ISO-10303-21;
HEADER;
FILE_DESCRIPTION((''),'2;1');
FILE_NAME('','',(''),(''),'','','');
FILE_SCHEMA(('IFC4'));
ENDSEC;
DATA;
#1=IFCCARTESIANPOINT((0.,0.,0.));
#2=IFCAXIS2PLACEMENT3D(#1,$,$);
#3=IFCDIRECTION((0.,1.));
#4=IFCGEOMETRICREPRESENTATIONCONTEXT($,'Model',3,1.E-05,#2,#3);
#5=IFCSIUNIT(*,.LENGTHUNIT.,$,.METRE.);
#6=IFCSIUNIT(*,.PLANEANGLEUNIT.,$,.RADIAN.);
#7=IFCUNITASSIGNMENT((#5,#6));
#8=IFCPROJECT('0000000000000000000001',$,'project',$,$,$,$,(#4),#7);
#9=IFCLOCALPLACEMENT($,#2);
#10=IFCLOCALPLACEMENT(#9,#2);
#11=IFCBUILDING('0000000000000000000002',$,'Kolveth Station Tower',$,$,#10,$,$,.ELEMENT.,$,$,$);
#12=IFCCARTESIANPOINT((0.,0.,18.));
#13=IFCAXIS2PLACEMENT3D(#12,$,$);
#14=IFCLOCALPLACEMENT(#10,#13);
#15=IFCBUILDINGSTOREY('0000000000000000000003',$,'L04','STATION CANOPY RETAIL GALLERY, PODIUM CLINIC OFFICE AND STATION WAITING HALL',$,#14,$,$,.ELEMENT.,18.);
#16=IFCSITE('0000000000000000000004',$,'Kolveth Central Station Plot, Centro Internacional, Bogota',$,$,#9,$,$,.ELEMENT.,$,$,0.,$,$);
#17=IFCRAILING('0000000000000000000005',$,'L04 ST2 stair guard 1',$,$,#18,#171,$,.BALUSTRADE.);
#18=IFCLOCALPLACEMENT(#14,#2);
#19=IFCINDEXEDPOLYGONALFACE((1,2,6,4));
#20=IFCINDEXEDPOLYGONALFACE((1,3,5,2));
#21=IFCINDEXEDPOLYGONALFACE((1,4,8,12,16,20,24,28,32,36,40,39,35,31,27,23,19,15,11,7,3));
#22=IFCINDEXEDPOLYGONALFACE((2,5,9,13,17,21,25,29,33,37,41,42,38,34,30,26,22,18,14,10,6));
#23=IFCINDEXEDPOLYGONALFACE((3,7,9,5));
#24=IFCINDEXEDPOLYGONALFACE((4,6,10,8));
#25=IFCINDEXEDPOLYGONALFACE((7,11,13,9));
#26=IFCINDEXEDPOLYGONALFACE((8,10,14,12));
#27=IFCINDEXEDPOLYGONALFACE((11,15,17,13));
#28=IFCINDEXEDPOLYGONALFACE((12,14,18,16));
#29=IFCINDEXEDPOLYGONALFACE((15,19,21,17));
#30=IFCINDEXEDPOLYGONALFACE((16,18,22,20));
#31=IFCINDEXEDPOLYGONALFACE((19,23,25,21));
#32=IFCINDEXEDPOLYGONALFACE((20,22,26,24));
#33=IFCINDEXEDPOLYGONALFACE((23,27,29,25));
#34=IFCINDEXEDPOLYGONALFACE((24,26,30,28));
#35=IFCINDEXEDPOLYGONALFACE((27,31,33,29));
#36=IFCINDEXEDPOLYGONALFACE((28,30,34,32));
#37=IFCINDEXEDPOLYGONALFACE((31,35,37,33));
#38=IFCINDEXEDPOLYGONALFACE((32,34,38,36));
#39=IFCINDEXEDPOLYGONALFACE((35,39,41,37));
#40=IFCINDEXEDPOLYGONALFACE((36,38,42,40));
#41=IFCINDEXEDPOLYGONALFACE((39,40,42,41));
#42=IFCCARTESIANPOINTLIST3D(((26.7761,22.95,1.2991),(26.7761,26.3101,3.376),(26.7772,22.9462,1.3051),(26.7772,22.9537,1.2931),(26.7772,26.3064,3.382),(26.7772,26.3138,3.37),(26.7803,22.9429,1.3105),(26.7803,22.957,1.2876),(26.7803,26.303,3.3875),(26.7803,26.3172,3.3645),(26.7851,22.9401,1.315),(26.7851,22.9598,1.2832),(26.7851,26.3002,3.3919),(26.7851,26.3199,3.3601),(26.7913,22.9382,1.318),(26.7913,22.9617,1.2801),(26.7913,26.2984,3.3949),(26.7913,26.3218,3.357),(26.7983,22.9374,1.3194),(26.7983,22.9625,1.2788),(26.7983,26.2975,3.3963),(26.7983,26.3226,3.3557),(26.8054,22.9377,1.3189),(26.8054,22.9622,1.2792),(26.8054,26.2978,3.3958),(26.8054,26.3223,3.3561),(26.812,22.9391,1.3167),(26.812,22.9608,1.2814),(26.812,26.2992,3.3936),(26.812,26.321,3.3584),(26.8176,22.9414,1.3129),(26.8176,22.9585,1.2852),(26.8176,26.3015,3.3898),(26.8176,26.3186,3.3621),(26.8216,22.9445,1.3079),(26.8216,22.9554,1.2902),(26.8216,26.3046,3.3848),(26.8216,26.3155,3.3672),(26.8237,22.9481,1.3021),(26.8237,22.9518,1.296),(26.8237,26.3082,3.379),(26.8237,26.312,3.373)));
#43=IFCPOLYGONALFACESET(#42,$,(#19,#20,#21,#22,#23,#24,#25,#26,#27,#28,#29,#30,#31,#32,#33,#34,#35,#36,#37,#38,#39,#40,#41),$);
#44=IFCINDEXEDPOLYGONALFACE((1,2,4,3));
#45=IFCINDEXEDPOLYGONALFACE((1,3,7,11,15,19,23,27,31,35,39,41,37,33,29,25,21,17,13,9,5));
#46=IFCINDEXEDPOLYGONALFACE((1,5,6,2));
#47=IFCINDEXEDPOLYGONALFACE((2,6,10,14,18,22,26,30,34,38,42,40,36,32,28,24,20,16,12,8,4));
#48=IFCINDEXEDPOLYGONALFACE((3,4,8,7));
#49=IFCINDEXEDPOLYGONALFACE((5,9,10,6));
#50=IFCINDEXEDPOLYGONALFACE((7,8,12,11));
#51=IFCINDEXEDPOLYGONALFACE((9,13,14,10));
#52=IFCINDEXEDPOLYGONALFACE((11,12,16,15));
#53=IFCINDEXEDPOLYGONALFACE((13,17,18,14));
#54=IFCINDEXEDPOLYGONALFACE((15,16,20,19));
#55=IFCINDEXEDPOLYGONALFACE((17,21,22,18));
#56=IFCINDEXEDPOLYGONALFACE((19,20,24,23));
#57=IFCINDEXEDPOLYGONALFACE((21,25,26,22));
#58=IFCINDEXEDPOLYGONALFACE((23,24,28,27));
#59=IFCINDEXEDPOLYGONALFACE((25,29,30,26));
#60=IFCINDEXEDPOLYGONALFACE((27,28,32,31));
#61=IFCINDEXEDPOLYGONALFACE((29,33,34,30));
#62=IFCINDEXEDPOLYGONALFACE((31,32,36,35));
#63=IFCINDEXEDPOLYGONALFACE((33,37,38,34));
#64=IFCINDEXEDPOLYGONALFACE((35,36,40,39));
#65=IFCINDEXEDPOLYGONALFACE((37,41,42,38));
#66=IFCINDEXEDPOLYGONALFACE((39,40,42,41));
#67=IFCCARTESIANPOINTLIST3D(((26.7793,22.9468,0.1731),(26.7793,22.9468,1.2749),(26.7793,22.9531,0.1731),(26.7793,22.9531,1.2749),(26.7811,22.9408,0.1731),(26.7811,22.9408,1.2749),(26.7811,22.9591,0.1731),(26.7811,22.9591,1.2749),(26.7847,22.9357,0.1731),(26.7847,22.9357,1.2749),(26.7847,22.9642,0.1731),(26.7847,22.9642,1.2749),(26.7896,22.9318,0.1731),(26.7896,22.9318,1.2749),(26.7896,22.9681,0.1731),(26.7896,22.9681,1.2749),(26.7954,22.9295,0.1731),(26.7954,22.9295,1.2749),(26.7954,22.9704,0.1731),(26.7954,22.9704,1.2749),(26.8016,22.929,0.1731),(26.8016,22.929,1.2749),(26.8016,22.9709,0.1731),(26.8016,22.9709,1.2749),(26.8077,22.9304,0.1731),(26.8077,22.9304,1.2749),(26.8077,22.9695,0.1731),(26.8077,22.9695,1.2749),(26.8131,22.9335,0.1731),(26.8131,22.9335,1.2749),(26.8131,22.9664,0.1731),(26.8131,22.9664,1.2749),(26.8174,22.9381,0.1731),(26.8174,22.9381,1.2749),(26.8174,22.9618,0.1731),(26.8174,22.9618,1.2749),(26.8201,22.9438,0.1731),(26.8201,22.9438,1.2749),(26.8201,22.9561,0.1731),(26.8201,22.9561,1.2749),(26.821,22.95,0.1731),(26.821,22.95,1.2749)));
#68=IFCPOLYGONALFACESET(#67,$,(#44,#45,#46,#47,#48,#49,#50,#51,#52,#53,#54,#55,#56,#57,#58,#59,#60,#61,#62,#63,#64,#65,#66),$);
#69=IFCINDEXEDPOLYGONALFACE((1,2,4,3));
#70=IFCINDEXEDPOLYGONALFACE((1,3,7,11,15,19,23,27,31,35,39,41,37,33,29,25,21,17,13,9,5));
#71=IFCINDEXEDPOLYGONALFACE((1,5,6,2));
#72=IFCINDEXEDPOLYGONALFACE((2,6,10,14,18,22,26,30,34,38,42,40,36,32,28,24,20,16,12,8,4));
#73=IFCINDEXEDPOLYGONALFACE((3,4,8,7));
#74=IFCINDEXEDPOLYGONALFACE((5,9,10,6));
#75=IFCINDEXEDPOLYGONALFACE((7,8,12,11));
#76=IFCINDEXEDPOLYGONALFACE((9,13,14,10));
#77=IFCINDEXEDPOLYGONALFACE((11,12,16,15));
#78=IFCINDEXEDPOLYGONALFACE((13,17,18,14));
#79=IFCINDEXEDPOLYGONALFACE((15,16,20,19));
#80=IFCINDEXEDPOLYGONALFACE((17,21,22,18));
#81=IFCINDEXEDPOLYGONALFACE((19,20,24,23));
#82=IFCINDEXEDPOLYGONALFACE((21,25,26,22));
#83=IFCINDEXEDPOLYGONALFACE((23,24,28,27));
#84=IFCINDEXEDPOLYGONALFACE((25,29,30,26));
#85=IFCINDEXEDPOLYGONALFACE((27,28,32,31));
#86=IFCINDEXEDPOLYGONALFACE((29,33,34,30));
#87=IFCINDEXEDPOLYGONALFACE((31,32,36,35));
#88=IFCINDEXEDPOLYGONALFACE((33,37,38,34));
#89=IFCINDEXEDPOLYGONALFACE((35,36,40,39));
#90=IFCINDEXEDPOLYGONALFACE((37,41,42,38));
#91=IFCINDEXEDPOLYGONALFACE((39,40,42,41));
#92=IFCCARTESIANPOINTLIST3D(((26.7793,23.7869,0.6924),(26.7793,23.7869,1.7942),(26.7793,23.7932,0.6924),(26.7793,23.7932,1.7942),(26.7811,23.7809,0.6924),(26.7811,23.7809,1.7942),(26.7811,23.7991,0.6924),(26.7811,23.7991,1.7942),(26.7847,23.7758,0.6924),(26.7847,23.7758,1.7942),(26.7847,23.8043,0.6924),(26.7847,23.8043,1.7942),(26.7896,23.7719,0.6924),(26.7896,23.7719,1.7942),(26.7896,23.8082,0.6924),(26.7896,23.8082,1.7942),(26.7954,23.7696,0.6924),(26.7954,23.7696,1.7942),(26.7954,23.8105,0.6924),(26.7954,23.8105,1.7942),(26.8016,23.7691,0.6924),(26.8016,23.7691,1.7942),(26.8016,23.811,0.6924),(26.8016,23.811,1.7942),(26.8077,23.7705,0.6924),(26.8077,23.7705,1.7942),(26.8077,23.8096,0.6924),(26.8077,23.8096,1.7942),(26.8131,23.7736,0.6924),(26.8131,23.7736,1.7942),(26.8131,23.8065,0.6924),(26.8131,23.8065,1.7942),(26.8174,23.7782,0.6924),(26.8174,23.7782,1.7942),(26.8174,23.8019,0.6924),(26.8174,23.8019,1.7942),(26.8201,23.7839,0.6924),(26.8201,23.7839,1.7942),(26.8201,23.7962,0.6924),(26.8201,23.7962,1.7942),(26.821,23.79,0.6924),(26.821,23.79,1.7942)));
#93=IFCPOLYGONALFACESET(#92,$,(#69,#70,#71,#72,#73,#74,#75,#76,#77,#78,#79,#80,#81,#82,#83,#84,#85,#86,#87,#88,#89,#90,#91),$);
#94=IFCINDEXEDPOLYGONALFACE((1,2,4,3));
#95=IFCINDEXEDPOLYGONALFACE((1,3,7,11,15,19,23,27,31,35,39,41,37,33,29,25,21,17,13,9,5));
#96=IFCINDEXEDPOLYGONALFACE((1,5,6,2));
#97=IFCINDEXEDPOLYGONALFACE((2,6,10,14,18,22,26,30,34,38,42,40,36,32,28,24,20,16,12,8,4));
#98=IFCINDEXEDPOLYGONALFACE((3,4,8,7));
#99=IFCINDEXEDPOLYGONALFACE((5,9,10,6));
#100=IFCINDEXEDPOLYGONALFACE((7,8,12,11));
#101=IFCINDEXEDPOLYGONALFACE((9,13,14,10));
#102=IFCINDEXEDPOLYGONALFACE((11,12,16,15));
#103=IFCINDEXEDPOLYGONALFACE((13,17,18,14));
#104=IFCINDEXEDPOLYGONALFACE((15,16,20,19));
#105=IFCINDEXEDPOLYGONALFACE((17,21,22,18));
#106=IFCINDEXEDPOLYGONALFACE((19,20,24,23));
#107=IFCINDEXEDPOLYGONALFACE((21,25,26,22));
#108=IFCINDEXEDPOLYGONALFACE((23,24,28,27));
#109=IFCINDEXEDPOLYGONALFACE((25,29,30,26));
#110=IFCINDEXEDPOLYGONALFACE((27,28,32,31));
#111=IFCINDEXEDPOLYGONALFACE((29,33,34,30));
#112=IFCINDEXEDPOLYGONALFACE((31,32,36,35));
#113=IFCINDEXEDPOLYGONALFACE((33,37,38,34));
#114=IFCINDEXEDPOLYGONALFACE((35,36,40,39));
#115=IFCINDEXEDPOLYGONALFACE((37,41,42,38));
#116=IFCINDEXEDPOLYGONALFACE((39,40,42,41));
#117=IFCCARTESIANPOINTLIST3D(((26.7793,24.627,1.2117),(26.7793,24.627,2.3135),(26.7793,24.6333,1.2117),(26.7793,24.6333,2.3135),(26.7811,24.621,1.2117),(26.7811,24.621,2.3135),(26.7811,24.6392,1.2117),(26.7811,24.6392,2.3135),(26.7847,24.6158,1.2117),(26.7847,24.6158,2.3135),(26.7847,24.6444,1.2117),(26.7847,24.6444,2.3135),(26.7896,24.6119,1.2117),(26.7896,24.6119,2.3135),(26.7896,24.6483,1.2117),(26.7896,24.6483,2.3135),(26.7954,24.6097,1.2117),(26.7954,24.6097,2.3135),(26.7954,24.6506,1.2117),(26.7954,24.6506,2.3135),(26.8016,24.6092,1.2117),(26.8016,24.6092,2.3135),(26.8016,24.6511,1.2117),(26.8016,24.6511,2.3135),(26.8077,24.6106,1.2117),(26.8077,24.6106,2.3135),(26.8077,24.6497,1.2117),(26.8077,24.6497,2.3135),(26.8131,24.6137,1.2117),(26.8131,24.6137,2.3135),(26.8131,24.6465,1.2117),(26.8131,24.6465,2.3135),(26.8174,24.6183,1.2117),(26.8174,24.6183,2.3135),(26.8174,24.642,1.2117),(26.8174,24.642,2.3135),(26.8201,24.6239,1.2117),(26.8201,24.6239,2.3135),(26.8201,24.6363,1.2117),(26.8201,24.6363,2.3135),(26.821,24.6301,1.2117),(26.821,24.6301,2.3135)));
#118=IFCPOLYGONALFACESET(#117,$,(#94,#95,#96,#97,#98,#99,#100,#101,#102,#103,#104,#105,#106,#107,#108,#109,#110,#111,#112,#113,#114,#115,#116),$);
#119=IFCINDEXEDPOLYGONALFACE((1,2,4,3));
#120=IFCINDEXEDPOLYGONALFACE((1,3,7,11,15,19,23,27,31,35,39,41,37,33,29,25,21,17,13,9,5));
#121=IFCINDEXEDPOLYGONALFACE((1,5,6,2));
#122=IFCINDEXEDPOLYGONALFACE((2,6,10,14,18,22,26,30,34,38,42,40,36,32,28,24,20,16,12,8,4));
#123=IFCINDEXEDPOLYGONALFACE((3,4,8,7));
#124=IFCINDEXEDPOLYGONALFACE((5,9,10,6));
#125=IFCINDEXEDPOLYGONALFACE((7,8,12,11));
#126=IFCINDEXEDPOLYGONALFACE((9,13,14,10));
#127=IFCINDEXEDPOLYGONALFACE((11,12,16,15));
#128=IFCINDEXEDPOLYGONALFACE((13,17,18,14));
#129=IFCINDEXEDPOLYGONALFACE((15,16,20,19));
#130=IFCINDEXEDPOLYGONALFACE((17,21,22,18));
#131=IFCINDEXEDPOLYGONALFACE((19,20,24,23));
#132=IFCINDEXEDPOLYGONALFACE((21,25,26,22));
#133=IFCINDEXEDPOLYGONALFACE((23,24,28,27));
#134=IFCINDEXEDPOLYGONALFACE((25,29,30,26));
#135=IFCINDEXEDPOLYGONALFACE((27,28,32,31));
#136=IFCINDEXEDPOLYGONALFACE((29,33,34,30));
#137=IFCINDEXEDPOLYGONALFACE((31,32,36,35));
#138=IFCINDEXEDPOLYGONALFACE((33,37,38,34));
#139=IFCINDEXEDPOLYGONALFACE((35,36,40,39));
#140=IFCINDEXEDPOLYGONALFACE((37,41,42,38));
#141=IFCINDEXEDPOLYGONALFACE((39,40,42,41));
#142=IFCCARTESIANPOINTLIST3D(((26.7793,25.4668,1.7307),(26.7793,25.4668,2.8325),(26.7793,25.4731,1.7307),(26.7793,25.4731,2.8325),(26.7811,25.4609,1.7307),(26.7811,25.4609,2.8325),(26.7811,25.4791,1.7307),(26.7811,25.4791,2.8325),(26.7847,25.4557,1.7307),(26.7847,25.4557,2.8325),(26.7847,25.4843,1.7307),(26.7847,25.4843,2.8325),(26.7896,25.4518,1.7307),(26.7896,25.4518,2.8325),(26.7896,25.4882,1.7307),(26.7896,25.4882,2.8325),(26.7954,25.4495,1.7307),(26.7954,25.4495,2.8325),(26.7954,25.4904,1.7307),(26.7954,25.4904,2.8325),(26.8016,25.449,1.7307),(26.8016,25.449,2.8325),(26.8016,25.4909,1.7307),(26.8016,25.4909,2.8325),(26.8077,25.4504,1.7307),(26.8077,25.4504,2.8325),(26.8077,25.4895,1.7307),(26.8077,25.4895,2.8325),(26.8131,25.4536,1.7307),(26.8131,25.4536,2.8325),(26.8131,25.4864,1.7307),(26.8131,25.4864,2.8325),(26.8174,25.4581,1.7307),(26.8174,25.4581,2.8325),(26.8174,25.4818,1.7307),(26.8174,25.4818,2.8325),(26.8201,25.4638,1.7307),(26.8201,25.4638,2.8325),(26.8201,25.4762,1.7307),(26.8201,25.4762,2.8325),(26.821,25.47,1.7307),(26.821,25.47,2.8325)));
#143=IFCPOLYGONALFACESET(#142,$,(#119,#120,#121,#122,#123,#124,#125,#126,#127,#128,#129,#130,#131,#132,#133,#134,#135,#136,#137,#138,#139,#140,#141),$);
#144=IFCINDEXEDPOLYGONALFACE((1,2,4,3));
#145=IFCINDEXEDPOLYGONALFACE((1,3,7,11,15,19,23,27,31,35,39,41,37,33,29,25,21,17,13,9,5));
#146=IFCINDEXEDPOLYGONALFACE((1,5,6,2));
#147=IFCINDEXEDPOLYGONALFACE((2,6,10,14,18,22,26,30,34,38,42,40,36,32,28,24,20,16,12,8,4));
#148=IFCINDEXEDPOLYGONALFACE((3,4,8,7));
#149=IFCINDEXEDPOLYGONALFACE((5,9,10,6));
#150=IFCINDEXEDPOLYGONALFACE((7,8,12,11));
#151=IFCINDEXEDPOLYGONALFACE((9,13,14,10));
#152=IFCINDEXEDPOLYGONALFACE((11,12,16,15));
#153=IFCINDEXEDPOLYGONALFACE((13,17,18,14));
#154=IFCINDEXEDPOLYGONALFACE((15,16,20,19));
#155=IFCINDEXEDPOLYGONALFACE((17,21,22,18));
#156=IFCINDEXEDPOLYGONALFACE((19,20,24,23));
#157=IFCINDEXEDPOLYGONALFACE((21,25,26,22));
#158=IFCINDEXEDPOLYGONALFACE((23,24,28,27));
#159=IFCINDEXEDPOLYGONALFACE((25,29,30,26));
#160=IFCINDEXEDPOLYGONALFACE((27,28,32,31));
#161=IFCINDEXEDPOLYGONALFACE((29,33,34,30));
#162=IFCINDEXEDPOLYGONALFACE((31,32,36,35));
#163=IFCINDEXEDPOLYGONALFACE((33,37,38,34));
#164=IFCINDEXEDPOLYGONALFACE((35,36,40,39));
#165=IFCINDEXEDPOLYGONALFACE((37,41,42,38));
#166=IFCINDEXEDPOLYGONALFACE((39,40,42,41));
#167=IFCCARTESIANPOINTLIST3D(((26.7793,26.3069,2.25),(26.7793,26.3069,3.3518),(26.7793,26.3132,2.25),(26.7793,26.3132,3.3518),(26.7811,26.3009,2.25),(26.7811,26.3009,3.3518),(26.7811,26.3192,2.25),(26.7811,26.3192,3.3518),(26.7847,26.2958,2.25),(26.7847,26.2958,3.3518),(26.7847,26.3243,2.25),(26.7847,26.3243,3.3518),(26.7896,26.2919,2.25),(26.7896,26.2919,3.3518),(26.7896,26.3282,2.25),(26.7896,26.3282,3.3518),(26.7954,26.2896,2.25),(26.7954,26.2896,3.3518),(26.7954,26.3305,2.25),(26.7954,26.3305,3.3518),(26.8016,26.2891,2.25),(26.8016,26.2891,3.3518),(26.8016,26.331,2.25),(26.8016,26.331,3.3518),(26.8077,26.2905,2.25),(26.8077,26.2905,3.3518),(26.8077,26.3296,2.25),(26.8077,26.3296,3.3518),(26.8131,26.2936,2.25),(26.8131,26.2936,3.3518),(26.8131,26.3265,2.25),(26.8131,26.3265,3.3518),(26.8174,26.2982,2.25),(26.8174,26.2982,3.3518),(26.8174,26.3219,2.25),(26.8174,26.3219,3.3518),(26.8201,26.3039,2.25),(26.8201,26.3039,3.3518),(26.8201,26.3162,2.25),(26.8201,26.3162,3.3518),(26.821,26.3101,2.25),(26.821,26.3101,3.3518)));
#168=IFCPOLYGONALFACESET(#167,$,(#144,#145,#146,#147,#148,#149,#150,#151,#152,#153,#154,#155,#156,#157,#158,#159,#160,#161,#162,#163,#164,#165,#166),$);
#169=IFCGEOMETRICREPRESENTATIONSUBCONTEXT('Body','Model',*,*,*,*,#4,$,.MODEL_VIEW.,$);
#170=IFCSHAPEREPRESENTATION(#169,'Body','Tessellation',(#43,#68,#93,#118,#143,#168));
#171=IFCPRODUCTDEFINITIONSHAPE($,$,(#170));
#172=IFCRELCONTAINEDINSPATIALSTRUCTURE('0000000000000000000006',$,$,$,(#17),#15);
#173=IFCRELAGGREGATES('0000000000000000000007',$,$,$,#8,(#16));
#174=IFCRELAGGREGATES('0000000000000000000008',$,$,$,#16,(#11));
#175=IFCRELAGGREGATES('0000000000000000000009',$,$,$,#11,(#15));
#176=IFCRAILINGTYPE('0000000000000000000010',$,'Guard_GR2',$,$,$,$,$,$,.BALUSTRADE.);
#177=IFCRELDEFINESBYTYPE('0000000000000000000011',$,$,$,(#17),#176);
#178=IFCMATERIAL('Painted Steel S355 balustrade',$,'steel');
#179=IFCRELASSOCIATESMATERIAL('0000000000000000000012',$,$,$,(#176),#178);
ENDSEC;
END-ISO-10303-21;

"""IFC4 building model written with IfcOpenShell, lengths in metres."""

from ifc_helpers import new_model, si_unit, direction, frame, origin, origin_2d, place, context, subcontext, project, spatial, circle, extrude, material, type_object, element, save


model = new_model("IFC4")

# Units and contexts
model_context = context("Model", 3, precision=1e-05, world=origin(), true_north=direction((0.0, 1.0)))
body_context = subcontext(model_context, "Body", "Model", "MODEL_VIEW")
ifc_project = project(units=[si_unit("LENGTHUNIT", "METRE"), si_unit("PLANEANGLEUNIT", "RADIAN")], contexts=[model_context])

# Site, building, storey
site_placement = place(None, origin())
site = spatial("IfcSite", under=ifc_project, at=site_placement, Name="Kolveth Central Station Plot, Centro Internacional, Bogota", CompositionType="ELEMENT", RefElevation=0.0)
building_placement = place(site_placement, origin())
building = spatial("IfcBuilding", under=site, at=building_placement, Name="Kolveth Station Tower", CompositionType="ELEMENT")
storey_placement = place(building_placement, frame((0.0, 0.0, 18.0)))
storey = spatial("IfcBuildingStorey", under=building, at=storey_placement, Name="L04", Description="STATION CANOPY RETAIL GALLERY, PODIUM CLINIC OFFICE AND STATION WAITING HALL", CompositionType="ELEMENT", Elevation=18.0)

# Railing
ifc_material_1 = material(Name="Painted Steel S355 balustrade", Category="steel")
railing_type_1 = type_object("IfcRailingType", Name="Guard_GR2", PredefinedType="BALUSTRADE", material=ifc_material_1)
railing_1_placement = place(storey_placement, frame((26.8, 22.95, 0.1731)))
element("IfcRailing", 1, at=railing_1_placement, inside=storey, type_object=railing_type_1, Name="L04 ST2 stair guard 1", PredefinedType="BALUSTRADE", context=body_context, shape_type="SweptSolid", body=[
    extrude(circle(Radius=0.0239, at=origin_2d()), frame((0.0, 0.0, 1.126), z_axis=(0.0, 0.850623, 0.525776), x_axis=(-1.0, 0.0, 0.0)), (0.0, 0.0, 1.0), 3.9502),
    extrude(circle(Radius=0.021, at=origin_2d()), origin(), (0.0, 0.0, 1.0), 1.1018),
    extrude(circle(Radius=0.021, at=origin_2d()), frame((0.0, 0.8401, 0.5193)), (0.0, 0.0, 1.0), 1.1018),
    extrude(circle(Radius=0.021, at=origin_2d()), frame((0.0, 1.6802, 1.0386)), (0.0, 0.0, 1.0), 1.1018),
    extrude(circle(Radius=0.021, at=origin_2d()), frame((0.0, 2.52, 1.5576)), (0.0, 0.0, 1.0), 1.1018),
    extrude(circle(Radius=0.021, at=origin_2d()), frame((0.0, 3.3601, 2.0769)), (0.0, 0.0, 1.0), 1.1018),
])

save(model, "model.ifc")
